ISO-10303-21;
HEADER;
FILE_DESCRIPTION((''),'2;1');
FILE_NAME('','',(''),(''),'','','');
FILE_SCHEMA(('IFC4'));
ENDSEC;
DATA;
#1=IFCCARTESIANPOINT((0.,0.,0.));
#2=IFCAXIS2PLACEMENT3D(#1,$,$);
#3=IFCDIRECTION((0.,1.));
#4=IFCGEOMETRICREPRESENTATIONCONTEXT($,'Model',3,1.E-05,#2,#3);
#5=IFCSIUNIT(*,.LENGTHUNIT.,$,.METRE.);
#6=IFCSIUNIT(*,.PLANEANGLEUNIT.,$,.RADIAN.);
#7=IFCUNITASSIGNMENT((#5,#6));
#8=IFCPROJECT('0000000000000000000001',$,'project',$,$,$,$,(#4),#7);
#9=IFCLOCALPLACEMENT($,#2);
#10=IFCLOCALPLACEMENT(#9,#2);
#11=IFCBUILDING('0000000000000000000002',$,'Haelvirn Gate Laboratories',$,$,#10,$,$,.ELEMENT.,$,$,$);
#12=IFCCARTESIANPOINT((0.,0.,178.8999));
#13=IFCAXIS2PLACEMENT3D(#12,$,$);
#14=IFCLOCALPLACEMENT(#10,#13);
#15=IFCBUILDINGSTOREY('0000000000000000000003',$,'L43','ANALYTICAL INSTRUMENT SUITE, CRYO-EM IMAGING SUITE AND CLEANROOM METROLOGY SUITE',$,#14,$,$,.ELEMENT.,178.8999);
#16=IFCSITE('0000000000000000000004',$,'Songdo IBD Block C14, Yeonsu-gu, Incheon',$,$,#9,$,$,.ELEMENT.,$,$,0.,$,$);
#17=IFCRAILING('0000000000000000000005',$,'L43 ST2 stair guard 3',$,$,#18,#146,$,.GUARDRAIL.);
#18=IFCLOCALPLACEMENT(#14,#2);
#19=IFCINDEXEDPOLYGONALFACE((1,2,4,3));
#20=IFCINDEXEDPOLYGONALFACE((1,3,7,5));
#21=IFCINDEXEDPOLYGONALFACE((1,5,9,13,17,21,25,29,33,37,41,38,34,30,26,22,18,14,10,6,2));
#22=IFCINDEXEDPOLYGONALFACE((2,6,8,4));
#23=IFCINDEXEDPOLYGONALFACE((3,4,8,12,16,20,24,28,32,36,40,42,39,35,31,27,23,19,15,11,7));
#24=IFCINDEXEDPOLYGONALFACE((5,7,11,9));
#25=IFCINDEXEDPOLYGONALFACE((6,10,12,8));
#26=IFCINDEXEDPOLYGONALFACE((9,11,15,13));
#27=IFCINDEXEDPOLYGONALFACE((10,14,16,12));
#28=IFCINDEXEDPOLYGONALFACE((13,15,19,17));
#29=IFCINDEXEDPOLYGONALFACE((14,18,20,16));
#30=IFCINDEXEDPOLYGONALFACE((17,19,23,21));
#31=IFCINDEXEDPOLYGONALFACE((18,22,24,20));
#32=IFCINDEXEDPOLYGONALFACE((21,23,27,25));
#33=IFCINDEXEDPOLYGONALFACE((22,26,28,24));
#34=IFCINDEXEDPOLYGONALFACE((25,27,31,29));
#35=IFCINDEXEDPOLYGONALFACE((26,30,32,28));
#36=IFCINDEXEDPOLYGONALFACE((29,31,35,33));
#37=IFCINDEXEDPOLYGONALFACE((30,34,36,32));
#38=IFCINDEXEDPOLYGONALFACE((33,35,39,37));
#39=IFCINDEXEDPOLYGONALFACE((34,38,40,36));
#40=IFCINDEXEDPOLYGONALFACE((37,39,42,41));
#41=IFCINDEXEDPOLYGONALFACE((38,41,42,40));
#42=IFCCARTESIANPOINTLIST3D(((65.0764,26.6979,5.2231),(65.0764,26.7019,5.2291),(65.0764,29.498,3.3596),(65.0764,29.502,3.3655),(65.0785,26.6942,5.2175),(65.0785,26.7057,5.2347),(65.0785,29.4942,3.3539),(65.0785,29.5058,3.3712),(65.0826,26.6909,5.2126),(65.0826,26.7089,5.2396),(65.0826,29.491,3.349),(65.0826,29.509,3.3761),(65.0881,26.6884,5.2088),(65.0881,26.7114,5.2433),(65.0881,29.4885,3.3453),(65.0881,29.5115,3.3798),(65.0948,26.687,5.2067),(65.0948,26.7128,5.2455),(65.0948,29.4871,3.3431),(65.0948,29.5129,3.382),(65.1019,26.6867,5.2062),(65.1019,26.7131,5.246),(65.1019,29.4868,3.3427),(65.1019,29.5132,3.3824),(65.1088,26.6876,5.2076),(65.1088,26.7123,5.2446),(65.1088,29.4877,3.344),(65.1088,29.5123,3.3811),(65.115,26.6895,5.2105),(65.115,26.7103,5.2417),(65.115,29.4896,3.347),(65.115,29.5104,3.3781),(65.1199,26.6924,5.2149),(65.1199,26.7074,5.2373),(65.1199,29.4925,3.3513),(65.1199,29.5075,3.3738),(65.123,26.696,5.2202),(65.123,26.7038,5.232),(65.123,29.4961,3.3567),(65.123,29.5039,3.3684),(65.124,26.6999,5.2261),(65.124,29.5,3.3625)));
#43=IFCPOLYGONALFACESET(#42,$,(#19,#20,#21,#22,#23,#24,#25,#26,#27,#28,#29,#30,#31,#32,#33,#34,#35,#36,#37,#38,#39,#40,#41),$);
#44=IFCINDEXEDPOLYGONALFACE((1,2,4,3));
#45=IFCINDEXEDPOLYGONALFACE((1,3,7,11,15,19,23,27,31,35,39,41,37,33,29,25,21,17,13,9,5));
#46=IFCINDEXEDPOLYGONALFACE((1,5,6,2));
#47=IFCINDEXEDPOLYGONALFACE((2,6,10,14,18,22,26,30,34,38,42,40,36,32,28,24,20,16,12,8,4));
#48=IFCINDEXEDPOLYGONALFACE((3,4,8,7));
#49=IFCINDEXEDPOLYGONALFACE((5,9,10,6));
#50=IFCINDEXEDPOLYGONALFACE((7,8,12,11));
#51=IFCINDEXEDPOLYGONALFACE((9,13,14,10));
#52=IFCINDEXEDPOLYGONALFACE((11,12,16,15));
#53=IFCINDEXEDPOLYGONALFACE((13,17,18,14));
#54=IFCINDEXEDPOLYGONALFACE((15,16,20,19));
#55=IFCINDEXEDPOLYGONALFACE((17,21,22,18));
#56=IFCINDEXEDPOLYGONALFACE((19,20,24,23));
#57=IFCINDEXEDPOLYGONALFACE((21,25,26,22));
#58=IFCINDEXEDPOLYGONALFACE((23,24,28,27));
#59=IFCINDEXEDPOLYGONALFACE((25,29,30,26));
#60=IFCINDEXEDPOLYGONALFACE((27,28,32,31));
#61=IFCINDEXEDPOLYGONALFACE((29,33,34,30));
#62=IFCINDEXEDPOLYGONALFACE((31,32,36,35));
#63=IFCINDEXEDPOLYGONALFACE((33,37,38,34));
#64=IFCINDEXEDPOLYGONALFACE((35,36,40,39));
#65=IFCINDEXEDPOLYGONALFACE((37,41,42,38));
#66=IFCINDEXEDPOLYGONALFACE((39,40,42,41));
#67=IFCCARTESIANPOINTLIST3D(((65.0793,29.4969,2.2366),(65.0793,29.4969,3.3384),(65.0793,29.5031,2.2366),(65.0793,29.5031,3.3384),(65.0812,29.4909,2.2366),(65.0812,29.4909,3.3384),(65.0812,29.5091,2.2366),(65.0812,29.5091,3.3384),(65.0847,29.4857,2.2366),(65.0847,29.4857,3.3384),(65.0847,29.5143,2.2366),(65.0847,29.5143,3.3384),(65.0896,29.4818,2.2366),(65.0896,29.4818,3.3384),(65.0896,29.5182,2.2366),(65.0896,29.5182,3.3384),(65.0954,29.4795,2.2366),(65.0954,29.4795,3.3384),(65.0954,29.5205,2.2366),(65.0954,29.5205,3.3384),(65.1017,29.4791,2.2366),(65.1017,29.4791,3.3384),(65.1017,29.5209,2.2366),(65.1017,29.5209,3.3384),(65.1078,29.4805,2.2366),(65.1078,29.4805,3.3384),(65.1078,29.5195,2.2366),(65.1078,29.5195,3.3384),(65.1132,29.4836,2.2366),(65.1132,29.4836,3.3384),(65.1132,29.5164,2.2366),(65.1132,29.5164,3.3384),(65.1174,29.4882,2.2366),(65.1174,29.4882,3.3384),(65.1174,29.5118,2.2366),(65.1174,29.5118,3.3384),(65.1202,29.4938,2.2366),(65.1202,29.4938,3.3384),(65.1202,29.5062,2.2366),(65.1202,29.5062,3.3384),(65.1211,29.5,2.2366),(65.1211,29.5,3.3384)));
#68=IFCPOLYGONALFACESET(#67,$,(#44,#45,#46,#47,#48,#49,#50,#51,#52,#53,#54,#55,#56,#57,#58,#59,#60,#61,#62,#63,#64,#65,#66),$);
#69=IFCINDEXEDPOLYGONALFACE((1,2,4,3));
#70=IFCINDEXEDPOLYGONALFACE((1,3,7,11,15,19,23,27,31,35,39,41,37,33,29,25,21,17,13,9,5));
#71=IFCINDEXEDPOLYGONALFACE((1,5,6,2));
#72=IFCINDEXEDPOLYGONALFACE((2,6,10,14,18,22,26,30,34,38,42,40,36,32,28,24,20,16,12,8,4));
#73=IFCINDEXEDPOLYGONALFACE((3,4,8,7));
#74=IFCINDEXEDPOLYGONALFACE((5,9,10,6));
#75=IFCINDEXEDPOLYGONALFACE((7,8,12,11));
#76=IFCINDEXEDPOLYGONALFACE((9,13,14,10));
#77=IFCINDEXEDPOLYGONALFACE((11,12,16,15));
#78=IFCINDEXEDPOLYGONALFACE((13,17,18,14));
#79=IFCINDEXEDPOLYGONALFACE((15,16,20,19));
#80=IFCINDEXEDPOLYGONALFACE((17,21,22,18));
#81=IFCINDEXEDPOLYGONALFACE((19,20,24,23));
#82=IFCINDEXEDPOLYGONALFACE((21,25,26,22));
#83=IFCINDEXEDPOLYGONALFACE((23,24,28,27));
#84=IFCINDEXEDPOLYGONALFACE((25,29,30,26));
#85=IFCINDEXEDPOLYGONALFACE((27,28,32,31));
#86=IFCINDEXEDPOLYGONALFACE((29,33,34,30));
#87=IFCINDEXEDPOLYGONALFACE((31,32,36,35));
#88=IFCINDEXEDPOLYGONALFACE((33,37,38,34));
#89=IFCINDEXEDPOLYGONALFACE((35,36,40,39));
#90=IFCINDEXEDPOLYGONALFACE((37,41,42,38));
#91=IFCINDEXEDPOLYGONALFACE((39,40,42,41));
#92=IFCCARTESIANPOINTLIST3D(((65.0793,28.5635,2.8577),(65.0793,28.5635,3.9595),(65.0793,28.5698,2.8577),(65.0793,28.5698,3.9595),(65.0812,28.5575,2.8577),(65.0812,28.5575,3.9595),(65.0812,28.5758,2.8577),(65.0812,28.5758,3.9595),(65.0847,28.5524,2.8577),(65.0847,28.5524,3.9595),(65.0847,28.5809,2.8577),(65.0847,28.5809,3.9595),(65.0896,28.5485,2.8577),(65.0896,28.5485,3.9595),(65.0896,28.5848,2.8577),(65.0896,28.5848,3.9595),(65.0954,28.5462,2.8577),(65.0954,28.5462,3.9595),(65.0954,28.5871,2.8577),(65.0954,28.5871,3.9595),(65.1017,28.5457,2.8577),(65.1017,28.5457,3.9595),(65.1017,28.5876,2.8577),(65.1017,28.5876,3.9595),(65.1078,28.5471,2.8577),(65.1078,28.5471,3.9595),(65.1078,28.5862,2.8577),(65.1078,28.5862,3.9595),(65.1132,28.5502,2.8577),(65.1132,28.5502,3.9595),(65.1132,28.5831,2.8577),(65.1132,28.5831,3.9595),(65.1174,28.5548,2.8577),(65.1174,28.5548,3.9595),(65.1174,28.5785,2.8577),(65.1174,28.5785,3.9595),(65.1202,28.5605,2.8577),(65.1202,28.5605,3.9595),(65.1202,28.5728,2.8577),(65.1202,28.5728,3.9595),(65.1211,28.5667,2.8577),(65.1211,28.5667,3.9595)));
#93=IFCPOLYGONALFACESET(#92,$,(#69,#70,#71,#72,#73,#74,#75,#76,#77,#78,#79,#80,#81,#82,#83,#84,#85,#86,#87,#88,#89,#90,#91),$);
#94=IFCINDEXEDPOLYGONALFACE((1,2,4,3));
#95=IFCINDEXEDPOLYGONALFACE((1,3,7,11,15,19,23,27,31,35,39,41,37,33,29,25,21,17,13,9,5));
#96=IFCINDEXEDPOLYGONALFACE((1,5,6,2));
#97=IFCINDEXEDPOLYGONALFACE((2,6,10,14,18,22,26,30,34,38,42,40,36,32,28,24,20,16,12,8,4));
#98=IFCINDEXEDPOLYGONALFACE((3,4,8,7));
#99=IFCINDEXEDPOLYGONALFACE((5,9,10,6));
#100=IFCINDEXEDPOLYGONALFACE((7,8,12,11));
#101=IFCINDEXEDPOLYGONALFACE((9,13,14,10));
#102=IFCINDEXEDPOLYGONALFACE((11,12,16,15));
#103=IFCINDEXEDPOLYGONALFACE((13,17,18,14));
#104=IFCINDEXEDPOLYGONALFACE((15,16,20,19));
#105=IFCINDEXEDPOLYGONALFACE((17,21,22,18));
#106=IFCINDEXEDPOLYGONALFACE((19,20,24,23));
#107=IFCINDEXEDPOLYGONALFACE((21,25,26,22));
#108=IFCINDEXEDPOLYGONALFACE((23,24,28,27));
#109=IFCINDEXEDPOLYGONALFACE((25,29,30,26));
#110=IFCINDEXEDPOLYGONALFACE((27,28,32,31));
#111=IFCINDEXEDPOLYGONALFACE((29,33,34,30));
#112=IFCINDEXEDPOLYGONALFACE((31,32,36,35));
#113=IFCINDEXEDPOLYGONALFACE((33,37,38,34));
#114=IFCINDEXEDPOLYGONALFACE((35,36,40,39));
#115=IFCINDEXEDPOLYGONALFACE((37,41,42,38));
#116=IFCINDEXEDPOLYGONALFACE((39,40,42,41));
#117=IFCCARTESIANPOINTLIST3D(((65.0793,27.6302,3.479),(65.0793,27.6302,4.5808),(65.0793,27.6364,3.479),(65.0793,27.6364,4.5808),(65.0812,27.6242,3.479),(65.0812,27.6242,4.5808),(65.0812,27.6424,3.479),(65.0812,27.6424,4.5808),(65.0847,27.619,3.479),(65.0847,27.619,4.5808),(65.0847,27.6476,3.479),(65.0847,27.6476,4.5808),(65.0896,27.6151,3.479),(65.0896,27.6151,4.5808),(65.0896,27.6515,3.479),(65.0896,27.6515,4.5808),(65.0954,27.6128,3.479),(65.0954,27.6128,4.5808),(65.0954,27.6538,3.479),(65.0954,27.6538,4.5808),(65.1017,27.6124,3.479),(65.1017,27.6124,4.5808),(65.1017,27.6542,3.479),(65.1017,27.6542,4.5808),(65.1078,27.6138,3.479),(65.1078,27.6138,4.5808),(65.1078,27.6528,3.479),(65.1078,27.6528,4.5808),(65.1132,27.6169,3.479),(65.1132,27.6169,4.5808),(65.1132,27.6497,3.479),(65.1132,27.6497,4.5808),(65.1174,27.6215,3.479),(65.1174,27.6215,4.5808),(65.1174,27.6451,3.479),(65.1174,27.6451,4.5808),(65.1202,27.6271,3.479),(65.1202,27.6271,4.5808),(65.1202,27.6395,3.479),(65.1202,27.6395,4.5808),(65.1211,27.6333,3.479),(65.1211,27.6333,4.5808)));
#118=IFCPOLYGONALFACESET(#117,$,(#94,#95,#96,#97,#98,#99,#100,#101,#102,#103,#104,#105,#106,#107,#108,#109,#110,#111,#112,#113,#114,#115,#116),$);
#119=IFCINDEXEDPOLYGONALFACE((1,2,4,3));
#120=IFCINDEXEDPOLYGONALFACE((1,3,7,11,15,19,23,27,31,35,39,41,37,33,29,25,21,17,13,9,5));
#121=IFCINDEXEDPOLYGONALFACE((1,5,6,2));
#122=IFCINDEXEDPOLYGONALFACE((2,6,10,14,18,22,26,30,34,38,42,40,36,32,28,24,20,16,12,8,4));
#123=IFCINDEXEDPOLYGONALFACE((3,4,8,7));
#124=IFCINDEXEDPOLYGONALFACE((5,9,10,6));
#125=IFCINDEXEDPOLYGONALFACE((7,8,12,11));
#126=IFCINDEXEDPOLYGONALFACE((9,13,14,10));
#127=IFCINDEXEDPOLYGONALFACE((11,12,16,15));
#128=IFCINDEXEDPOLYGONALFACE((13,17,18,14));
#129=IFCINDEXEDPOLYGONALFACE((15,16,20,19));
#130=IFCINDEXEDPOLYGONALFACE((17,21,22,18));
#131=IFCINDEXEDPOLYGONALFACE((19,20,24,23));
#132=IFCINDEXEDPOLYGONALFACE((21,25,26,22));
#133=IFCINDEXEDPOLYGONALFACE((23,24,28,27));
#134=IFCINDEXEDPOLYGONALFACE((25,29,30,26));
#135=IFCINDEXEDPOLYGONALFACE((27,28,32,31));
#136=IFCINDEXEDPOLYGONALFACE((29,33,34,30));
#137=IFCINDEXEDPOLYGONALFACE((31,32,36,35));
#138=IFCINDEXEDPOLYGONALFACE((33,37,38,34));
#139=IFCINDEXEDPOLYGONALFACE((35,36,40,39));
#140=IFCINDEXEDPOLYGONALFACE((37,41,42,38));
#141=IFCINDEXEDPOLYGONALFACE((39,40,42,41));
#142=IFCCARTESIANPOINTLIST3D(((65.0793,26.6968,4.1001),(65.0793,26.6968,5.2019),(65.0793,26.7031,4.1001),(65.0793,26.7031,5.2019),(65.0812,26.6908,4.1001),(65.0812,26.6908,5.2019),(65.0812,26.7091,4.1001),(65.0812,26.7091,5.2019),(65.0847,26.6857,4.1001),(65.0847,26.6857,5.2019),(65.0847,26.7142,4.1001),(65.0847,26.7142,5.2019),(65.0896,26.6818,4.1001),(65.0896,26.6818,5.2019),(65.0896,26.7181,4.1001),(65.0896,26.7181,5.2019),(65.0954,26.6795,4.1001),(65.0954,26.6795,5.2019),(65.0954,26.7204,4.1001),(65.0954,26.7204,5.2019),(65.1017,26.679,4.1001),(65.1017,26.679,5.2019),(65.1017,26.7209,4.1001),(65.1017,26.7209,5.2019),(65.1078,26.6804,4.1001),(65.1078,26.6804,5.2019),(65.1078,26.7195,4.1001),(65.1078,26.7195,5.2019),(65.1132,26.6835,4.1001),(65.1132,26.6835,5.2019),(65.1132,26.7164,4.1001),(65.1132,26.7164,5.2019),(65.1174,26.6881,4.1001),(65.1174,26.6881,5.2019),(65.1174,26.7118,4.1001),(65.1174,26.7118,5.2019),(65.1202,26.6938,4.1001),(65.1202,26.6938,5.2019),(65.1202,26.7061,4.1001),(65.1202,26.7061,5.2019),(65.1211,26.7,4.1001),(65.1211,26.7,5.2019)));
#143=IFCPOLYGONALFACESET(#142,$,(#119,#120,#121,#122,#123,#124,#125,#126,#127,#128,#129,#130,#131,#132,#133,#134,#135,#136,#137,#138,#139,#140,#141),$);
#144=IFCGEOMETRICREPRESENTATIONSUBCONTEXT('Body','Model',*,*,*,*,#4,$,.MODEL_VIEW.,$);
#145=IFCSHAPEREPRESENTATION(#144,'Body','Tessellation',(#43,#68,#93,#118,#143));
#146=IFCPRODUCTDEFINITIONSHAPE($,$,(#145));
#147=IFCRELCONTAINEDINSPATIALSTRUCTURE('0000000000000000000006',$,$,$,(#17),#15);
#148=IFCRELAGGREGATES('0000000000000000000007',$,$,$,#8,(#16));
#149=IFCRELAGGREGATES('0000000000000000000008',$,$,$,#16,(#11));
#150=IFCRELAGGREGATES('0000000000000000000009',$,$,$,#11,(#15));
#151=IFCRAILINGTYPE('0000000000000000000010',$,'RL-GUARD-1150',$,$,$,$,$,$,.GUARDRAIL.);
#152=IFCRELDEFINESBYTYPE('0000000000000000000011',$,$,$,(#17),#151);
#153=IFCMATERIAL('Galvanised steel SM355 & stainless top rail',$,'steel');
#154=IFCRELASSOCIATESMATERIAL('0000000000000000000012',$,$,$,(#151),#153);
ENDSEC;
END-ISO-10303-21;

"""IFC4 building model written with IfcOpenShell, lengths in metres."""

from ifc_helpers import new_model, si_unit, direction, frame, origin, origin_2d, place, context, subcontext, project, spatial, circle, extrude, source, transform, mapped, material, type_object, element, save


model = new_model("IFC4")

# Units and contexts
model_context = context("Model", 3, precision=1e-05, world=origin(), true_north=direction((0.0, 1.0)))
body_context = subcontext(model_context, "Body", "Model", "MODEL_VIEW")
ifc_project = project(units=[si_unit("LENGTHUNIT", "METRE"), si_unit("PLANEANGLEUNIT", "RADIAN")], contexts=[model_context])

# Site, building, storey
site_placement = place(None, origin())
site = spatial("IfcSite", under=ifc_project, at=site_placement, Name="Songdo IBD Block C14, Yeonsu-gu, Incheon", CompositionType="ELEMENT", RefElevation=0.0)
building_placement = place(site_placement, origin())
building = spatial("IfcBuilding", under=site, at=building_placement, Name="Haelvirn Gate Laboratories", CompositionType="ELEMENT")
storey_placement = place(building_placement, frame((0.0, 0.0, 178.8999)))
storey = spatial("IfcBuildingStorey", under=building, at=storey_placement, Name="L43", Description="ANALYTICAL INSTRUMENT SUITE, CRYO-EM IMAGING SUITE AND CLEANROOM METROLOGY SUITE", CompositionType="ELEMENT", Elevation=178.8999)

# Railing
ifc_material_1 = material(Name="Galvanised steel SM355 & stainless top rail", Category="steel")
railing_type_1 = type_object("IfcRailingType", Name="RL-GUARD-1150", PredefinedType="GUARDRAIL", material=ifc_material_1)
shared_shape_1 = source(origin(), body_context, "Body", "SweptSolid", [
    extrude(circle(Radius=0.0239, at=origin_2d()), frame((0.0, 0.0, 1.126), z_axis=(0.0, -0.832486, 0.554047), x_axis=(1.0, 0.0, 0.0)), (0.0, 0.0, 1.0), 3.3635),
    extrude(circle(Radius=0.021, at=origin_2d()), origin(), (0.0, 0.0, 1.0), 1.1018),
    extrude(circle(Radius=0.021, at=origin_2d()), frame((0.0, -0.9333, 0.6211)), (0.0, 0.0, 1.0), 1.1018),
    extrude(circle(Radius=0.021, at=origin_2d()), frame((0.0, -1.8667, 1.2424)), (0.0, 0.0, 1.0), 1.1018),
    extrude(circle(Radius=0.021, at=origin_2d()), frame((0.0, -2.8, 1.8635)), (0.0, 0.0, 1.0), 1.1018),
])
railing_1_placement = place(storey_placement, frame((65.1001, 29.5, 2.2366)))
element("IfcRailing", 1, at=railing_1_placement, inside=storey, type_object=railing_type_1, Name="L43 ST2 stair guard 3", PredefinedType="GUARDRAIL", context=body_context, shape_type="MappedRepresentation", body=[
    mapped(shared_shape_1, transform((0.0, 0.0, 0.0), scale=1.0)),
])

save(model, "model.ifc")
